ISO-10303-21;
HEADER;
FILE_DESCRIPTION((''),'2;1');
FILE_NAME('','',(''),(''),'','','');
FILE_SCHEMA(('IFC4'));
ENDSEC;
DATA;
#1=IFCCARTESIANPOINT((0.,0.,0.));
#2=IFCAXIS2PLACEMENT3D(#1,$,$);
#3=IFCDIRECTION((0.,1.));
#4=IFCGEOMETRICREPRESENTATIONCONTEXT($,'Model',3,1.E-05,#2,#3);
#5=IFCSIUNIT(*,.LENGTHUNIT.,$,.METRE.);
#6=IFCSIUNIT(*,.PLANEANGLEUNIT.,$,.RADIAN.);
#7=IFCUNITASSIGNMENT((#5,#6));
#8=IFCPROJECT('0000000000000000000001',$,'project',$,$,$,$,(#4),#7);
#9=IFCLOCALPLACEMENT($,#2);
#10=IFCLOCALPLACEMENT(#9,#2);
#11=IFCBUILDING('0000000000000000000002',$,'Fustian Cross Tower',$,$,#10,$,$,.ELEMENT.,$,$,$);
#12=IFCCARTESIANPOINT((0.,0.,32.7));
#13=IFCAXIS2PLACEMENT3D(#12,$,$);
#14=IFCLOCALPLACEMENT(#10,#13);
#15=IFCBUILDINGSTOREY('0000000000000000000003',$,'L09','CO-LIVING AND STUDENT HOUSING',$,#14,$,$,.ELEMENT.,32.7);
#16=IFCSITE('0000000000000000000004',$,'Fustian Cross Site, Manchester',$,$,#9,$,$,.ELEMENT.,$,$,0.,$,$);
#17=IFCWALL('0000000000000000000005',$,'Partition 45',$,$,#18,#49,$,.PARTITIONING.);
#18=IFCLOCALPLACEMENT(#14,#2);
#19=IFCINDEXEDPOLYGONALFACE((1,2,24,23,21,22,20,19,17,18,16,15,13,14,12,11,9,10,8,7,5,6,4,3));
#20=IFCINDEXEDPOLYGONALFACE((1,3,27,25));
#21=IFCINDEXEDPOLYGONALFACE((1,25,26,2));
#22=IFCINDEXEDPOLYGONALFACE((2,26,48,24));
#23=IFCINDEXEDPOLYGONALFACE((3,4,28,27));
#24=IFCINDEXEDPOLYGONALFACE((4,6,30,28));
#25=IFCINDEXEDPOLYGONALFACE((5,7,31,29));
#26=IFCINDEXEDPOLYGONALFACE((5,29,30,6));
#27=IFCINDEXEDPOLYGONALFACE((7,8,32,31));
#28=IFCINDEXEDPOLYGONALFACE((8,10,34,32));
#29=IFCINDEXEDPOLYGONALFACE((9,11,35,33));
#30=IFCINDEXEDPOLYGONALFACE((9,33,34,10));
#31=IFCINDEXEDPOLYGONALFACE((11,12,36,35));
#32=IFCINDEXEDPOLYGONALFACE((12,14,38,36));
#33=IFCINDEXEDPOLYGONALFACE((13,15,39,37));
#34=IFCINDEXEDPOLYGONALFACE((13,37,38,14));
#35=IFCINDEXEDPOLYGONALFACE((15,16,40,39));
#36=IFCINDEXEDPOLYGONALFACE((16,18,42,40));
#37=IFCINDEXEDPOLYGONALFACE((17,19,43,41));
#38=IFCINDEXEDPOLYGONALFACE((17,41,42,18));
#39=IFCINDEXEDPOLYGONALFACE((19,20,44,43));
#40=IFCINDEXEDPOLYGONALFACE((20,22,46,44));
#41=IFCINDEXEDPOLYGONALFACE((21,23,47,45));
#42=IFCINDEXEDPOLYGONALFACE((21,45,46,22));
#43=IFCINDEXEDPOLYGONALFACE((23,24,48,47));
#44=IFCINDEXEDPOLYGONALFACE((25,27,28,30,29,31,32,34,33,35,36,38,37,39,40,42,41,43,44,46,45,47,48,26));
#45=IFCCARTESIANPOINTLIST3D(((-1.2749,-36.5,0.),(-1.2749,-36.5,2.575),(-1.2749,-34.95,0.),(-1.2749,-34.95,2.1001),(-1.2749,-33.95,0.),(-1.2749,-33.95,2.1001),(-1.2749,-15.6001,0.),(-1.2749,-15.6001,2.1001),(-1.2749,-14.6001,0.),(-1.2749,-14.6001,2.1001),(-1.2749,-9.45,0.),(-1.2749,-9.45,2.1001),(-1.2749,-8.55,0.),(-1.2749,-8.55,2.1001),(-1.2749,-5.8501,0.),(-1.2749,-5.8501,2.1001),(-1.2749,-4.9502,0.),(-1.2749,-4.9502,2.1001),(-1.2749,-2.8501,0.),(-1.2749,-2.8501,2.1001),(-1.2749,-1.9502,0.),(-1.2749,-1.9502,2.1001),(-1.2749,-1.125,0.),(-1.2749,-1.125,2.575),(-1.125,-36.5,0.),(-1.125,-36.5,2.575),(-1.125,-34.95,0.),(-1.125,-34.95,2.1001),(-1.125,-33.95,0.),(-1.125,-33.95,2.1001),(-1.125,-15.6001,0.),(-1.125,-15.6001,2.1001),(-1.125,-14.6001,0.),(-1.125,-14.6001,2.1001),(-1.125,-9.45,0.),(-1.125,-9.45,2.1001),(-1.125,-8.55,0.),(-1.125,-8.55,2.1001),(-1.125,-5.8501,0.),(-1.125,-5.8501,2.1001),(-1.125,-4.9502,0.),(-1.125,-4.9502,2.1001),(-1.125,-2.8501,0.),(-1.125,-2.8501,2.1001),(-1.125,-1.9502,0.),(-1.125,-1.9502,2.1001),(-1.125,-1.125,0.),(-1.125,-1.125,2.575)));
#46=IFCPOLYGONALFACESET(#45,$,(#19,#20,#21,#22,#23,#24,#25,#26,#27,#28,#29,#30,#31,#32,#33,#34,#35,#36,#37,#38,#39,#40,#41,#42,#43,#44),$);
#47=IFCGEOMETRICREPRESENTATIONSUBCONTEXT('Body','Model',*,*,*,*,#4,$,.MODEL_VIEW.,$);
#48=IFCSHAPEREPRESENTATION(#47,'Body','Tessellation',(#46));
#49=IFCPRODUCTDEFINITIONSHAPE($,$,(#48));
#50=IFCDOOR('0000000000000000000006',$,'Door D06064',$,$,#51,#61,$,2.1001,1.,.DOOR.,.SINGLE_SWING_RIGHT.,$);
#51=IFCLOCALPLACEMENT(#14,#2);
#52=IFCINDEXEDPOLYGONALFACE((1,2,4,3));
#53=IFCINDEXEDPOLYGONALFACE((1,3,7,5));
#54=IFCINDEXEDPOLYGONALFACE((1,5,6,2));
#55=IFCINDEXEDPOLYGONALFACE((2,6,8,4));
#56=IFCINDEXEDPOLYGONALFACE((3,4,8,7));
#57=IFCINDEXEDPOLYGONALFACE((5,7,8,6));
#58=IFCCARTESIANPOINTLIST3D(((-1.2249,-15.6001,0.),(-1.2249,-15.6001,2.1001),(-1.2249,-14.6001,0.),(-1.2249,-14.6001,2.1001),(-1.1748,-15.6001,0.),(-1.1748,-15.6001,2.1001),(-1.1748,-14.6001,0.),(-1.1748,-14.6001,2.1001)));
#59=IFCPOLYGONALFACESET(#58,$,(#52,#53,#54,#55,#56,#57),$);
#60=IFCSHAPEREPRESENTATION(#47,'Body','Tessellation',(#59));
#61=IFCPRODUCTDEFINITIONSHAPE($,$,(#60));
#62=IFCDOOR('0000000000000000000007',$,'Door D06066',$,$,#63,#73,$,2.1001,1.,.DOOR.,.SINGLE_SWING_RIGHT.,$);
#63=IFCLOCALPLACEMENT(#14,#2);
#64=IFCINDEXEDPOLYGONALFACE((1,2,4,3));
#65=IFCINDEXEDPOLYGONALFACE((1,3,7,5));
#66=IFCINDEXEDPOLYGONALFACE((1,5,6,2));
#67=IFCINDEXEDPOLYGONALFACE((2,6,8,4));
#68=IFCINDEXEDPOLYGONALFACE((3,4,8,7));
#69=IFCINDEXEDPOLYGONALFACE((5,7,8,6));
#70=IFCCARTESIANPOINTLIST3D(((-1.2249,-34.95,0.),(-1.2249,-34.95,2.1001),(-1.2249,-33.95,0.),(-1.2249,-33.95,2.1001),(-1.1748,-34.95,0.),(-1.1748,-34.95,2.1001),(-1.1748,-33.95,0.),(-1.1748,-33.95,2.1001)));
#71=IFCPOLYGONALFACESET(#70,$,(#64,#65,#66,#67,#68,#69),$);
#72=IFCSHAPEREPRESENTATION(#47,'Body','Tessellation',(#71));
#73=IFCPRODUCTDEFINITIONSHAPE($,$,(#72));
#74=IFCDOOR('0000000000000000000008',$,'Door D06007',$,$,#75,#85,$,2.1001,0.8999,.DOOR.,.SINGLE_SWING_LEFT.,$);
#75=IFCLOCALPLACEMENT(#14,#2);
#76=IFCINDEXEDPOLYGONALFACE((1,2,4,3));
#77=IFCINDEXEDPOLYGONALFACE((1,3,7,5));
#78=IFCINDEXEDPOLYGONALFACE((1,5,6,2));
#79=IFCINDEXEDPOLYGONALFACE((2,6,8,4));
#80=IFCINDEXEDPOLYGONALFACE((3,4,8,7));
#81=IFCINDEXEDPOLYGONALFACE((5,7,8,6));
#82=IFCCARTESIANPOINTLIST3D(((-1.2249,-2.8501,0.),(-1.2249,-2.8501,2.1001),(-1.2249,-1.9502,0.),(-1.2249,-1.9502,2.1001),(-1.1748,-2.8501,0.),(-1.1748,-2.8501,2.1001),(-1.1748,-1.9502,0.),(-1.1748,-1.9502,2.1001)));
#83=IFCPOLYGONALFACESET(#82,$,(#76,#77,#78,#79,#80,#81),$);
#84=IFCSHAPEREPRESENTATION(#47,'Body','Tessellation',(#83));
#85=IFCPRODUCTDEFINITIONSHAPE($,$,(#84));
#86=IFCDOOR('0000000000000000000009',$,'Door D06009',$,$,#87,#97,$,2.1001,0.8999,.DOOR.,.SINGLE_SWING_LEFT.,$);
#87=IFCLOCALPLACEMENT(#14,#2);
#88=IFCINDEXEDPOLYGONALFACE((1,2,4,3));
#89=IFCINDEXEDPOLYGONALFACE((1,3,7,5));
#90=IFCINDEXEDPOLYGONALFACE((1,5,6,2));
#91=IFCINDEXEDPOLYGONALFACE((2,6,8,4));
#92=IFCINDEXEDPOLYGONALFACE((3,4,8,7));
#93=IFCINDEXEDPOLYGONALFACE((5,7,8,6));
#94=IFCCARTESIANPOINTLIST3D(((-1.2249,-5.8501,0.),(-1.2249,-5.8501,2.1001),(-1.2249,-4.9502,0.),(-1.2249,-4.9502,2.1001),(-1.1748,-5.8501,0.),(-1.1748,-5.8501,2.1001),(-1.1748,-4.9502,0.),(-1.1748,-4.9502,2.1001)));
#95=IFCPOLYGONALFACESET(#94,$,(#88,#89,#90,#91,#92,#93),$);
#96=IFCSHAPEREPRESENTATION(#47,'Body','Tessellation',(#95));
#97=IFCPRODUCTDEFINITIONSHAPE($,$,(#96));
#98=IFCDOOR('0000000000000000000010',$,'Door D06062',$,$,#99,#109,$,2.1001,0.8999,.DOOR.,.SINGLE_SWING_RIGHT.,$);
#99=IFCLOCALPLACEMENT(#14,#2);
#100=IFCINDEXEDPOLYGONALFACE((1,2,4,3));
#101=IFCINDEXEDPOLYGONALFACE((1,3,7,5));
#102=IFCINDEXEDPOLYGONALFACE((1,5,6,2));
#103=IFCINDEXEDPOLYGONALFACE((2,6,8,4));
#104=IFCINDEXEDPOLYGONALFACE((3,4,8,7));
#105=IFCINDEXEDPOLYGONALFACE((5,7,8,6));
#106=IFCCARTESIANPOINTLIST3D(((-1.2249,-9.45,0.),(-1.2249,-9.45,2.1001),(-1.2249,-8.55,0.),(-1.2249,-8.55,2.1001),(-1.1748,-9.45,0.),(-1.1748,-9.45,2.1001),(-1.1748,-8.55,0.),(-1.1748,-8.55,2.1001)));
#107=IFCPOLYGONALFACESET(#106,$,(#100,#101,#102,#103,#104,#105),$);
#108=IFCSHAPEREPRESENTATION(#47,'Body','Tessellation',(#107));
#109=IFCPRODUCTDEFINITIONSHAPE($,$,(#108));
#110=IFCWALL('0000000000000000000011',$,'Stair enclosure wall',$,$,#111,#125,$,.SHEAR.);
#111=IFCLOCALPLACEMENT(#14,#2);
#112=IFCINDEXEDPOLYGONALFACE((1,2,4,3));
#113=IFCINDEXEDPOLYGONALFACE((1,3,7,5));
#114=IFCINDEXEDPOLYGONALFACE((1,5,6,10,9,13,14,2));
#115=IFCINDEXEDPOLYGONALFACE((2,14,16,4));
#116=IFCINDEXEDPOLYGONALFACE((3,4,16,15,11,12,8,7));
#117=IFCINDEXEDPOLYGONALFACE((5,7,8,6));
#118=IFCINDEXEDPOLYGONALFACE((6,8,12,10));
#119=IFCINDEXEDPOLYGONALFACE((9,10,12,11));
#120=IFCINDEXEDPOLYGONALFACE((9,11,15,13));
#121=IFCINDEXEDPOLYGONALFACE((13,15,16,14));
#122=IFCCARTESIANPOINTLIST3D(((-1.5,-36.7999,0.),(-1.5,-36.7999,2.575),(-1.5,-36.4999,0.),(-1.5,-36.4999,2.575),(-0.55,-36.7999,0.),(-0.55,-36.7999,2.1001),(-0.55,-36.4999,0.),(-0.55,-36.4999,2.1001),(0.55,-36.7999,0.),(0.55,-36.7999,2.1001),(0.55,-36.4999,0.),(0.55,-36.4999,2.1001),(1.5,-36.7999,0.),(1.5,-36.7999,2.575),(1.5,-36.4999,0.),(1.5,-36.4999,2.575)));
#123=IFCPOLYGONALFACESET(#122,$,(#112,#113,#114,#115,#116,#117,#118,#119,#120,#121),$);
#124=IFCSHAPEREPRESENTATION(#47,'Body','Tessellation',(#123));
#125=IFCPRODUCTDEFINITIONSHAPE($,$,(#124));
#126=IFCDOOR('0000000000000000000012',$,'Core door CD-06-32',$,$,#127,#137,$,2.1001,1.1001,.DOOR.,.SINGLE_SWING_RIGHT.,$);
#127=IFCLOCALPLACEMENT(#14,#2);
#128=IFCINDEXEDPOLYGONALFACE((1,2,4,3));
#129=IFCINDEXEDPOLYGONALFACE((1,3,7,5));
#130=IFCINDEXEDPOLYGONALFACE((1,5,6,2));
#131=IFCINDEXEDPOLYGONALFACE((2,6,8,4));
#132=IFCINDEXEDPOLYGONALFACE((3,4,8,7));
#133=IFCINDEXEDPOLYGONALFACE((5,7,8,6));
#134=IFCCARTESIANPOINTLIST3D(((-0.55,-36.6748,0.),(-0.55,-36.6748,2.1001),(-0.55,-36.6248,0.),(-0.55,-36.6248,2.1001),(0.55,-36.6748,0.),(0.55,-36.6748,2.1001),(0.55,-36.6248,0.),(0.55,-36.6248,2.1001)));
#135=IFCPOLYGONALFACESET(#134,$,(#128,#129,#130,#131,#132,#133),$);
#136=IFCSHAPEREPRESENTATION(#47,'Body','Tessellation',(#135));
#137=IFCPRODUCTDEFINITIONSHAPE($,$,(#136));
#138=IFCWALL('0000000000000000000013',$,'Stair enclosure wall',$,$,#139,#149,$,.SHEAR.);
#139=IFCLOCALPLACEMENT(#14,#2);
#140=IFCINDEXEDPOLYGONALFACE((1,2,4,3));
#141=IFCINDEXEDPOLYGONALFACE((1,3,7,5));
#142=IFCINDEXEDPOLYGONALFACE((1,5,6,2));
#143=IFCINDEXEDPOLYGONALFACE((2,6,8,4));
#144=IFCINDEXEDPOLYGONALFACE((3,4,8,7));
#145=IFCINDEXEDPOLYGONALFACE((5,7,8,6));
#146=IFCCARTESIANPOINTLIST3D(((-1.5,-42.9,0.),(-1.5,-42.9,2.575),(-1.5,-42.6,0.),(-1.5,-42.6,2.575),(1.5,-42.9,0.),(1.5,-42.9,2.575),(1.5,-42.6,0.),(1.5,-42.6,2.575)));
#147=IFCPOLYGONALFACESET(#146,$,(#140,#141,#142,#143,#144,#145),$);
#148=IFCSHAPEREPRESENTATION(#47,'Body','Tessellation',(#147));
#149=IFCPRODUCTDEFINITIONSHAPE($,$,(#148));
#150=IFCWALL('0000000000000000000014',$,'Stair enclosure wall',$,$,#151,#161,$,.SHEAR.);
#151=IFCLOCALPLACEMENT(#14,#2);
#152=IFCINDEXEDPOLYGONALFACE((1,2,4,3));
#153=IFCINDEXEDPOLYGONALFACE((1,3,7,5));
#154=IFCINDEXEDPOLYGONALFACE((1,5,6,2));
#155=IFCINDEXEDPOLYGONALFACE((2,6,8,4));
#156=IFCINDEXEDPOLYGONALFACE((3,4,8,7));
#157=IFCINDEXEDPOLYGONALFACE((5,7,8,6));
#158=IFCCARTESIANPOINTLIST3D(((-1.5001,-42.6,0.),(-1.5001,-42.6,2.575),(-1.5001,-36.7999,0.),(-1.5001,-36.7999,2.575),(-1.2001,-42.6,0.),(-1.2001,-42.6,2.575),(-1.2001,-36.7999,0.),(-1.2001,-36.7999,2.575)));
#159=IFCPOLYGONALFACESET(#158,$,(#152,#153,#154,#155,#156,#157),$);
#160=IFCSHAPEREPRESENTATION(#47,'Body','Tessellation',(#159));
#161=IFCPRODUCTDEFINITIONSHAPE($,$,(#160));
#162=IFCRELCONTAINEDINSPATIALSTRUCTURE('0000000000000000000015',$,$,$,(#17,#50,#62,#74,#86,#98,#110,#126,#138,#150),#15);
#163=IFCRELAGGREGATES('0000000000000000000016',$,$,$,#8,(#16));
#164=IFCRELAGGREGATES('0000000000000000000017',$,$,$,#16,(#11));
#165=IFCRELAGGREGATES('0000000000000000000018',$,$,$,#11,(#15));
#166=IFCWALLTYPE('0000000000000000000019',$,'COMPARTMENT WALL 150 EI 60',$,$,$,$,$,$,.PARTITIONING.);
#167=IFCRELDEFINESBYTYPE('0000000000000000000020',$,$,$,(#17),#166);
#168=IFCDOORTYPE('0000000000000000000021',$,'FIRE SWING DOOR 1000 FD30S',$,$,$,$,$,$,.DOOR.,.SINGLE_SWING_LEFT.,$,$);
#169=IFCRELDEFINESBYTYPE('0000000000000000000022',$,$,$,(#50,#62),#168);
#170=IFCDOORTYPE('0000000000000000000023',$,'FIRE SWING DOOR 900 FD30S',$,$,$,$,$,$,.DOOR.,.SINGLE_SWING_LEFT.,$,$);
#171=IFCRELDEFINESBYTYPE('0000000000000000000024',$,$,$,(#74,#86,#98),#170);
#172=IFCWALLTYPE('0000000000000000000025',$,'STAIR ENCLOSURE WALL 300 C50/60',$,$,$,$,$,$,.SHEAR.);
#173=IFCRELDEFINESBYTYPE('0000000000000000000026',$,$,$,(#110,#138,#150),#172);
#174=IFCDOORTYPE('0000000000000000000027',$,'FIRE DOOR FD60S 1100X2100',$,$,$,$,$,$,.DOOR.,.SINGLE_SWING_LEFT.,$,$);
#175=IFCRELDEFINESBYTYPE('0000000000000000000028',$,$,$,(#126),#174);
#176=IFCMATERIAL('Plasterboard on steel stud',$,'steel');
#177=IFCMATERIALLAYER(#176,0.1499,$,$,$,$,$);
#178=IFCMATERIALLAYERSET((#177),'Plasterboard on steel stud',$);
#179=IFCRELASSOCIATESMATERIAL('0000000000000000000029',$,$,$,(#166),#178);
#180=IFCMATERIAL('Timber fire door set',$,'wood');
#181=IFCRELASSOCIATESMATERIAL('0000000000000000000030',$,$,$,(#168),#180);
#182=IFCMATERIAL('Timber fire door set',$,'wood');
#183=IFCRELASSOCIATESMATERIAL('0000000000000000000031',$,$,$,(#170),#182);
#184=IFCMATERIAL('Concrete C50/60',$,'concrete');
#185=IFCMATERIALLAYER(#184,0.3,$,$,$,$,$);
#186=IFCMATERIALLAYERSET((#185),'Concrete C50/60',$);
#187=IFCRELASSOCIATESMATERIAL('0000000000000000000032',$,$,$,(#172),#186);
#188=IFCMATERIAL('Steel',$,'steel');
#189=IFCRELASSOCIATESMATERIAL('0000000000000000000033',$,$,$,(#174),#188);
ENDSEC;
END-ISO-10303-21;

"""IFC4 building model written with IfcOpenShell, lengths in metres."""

from ifc_helpers import new_model, si_unit, direction, frame, frame_2d, origin, place, context, subcontext, project, spatial, rectangle, extrude, material, layer, layer_set, type_object, element, fill, save


model = new_model("IFC4")

# Units and contexts
model_context = context("Model", 3, precision=1e-05, world=origin(), true_north=direction((0.0, 1.0)))
body_context = subcontext(model_context, "Body", "Model", "MODEL_VIEW")
ifc_project = project(units=[si_unit("LENGTHUNIT", "METRE"), si_unit("PLANEANGLEUNIT", "RADIAN")], contexts=[model_context])

# Site, building, storey
site_placement = place(None, origin())
site = spatial("IfcSite", under=ifc_project, at=site_placement, Name="Fustian Cross Site, Manchester", CompositionType="ELEMENT", RefElevation=0.0)
building_placement = place(site_placement, origin())
building = spatial("IfcBuilding", under=site, at=building_placement, Name="Fustian Cross Tower", CompositionType="ELEMENT")
storey_placement = place(building_placement, frame((0.0, 0.0, 32.7)))
storey = spatial("IfcBuildingStorey", under=building, at=storey_placement, Name="L09", Description="CO-LIVING AND STUDENT HOUSING", CompositionType="ELEMENT", Elevation=32.7)

# Wall, openings, doors
ifc_material_1 = material(Name="Plasterboard on steel stud", Category="steel")
ifc_layer_1 = layer(ifc_material_1, 0.1499)
ifc_layer_set_1 = layer_set([ifc_layer_1], Name="Plasterboard on steel stud")
wall_type_1 = type_object("IfcWallType", Name="COMPARTMENT WALL 150 EI 60", PredefinedType="PARTITIONING", material=ifc_layer_set_1)
wall_1_placement = place(storey_placement, frame((-1.2, -36.5, 0.0), z_axis=(0.0, 0.0, 1.0), x_axis=(0.0, 1.0, 0.0)))
wall_1 = element("IfcWall", 1, at=wall_1_placement, inside=storey, type_object=wall_type_1, Name="Partition 45", PredefinedType="PARTITIONING", context=body_context, shape_type="SweptSolid", body=[
    extrude(rectangle(XDim=35.375, YDim=0.1499, at=frame_2d((17.6875, 0.0))), origin(), (0.0, 0.0, 1.0), 2.575),
])
opening_1_placement = place(wall_1_placement, frame((33.6499, 0.0, 0.0)))
opening_1 = element("IfcOpeningElement", 2, at=opening_1_placement, cuts=wall_1, PredefinedType="OPENING", context=body_context, shape_type="SweptSolid", body=[
    extrude(rectangle(XDim=0.8999, YDim=2.1001, at=frame_2d((0.45, 1.05))), frame((0.0, 0.085, 0.0), z_axis=(0.0, -1.0, 0.0), x_axis=(1.0, 0.0, 0.0)), (0.0, 0.0, 1.0), 0.1699),
])
opening_2_placement = place(wall_1_placement, frame((30.6499, 0.0, 0.0)))
opening_2 = element("IfcOpeningElement", 3, at=opening_2_placement, cuts=wall_1, PredefinedType="OPENING", context=body_context, shape_type="SweptSolid", body=[
    extrude(rectangle(XDim=0.8999, YDim=2.1001, at=frame_2d((0.45, 1.05))), frame((0.0, 0.085, 0.0), z_axis=(0.0, -1.0, 0.0), x_axis=(1.0, 0.0, 0.0)), (0.0, 0.0, 1.0), 0.1699),
])
opening_3_placement = place(wall_1_placement, frame((27.05, 0.0, 0.0)))
opening_3 = element("IfcOpeningElement", 4, at=opening_3_placement, cuts=wall_1, PredefinedType="OPENING", context=body_context, shape_type="SweptSolid", body=[
    extrude(rectangle(XDim=0.8999, YDim=2.1001, at=frame_2d((0.45, 1.05))), frame((0.0, 0.085, 0.0), z_axis=(0.0, -1.0, 0.0), x_axis=(1.0, 0.0, 0.0)), (0.0, 0.0, 1.0), 0.1699),
])
opening_4_placement = place(wall_1_placement, frame((20.8999, 0.0, 0.0)))
opening_4 = element("IfcOpeningElement", 5, at=opening_4_placement, cuts=wall_1, PredefinedType="OPENING", context=body_context, shape_type="SweptSolid", body=[
    extrude(rectangle(XDim=1.0, YDim=2.1001, at=frame_2d((0.5, 1.05))), frame((0.0, 0.085, 0.0), z_axis=(0.0, -1.0, 0.0), x_axis=(1.0, 0.0, 0.0)), (0.0, 0.0, 1.0), 0.1699),
])
opening_5_placement = place(wall_1_placement, frame((1.55, 0.0, 0.0)))
opening_5 = element("IfcOpeningElement", 6, at=opening_5_placement, cuts=wall_1, PredefinedType="OPENING", context=body_context, shape_type="SweptSolid", body=[
    extrude(rectangle(XDim=1.0, YDim=2.1001, at=frame_2d((0.5, 1.05))), frame((0.0, 0.085, 0.0), z_axis=(0.0, -1.0, 0.0), x_axis=(1.0, 0.0, 0.0)), (0.0, 0.0, 1.0), 0.1699),
])
ifc_material_2 = material(Name="Timber fire door set", Category="wood")
door_type_1 = type_object("IfcDoorType", Name="FIRE SWING DOOR 1000 FD30S", OperationType="SINGLE_SWING_LEFT", PredefinedType="DOOR", material=ifc_material_2)
door_1_placement = place(opening_4_placement, origin())
door_1 = element("IfcDoor", 7, at=door_1_placement, inside=storey, type_object=door_type_1, Name="Door D06064", OperationType="SINGLE_SWING_RIGHT", OverallHeight=2.1001, OverallWidth=1.0, PredefinedType="DOOR", context=body_context, shape_type="SweptSolid", body=[
    extrude(rectangle(XDim=1.0, YDim=2.1001, at=frame_2d((0.5, 1.05))), frame((0.0, 0.0249, 0.0), z_axis=(0.0, -1.0, 0.0), x_axis=(1.0, 0.0, 0.0)), (0.0, 0.0, 1.0), 0.05),
])
fill(opening_4, door_1)
door_2_placement = place(opening_5_placement, origin())
door_2 = element("IfcDoor", 8, at=door_2_placement, inside=storey, type_object=door_type_1, Name="Door D06066", OperationType="SINGLE_SWING_RIGHT", OverallHeight=2.1001, OverallWidth=1.0, PredefinedType="DOOR", context=body_context, shape_type="SweptSolid", body=[
    extrude(rectangle(XDim=1.0, YDim=2.1001, at=frame_2d((0.5, 1.05))), frame((0.0, 0.0249, 0.0), z_axis=(0.0, -1.0, 0.0), x_axis=(1.0, 0.0, 0.0)), (0.0, 0.0, 1.0), 0.05),
])
fill(opening_5, door_2)
ifc_material_3 = material(Name="Timber fire door set", Category="wood")
door_type_2 = type_object("IfcDoorType", Name="FIRE SWING DOOR 900 FD30S", OperationType="SINGLE_SWING_LEFT", PredefinedType="DOOR", material=ifc_material_3)
door_3_placement = place(opening_1_placement, origin())
door_3 = element("IfcDoor", 9, at=door_3_placement, inside=storey, type_object=door_type_2, Name="Door D06007", OperationType="SINGLE_SWING_LEFT", OverallHeight=2.1001, OverallWidth=0.8999, PredefinedType="DOOR", context=body_context, shape_type="SweptSolid", body=[
    extrude(rectangle(XDim=0.8999, YDim=2.1001, at=frame_2d((0.45, 1.05))), frame((0.0, 0.0249, 0.0), z_axis=(0.0, -1.0, 0.0), x_axis=(1.0, 0.0, 0.0)), (0.0, 0.0, 1.0), 0.05),
])
fill(opening_1, door_3)
door_4_placement = place(opening_2_placement, origin())
door_4 = element("IfcDoor", 10, at=door_4_placement, inside=storey, type_object=door_type_2, Name="Door D06009", OperationType="SINGLE_SWING_LEFT", OverallHeight=2.1001, OverallWidth=0.8999, PredefinedType="DOOR", context=body_context, shape_type="SweptSolid", body=[
    extrude(rectangle(XDim=0.8999, YDim=2.1001, at=frame_2d((0.45, 1.05))), frame((0.0, 0.0249, 0.0), z_axis=(0.0, -1.0, 0.0), x_axis=(1.0, 0.0, 0.0)), (0.0, 0.0, 1.0), 0.05),
])
fill(opening_2, door_4)
door_5_placement = place(opening_3_placement, origin())
door_5 = element("IfcDoor", 11, at=door_5_placement, inside=storey, type_object=door_type_2, Name="Door D06062", OperationType="SINGLE_SWING_RIGHT", OverallHeight=2.1001, OverallWidth=0.8999, PredefinedType="DOOR", context=body_context, shape_type="SweptSolid", body=[
    extrude(rectangle(XDim=0.8999, YDim=2.1001, at=frame_2d((0.45, 1.05))), frame((0.0, 0.0249, 0.0), z_axis=(0.0, -1.0, 0.0), x_axis=(1.0, 0.0, 0.0)), (0.0, 0.0, 1.0), 0.05),
])
fill(opening_3, door_5)

# Wall, opening, door
ifc_material_4 = material(Name="Concrete C50/60", Category="concrete")
ifc_layer_2 = layer(ifc_material_4, 0.3)
ifc_layer_set_2 = layer_set([ifc_layer_2], Name="Concrete C50/60")
wall_type_2 = type_object("IfcWallType", Name="STAIR ENCLOSURE WALL 300 C50/60", PredefinedType="SHEAR", material=ifc_layer_set_2)
wall_2_placement = place(storey_placement, frame((-1.5, -36.6499, 0.0), z_axis=(0.0, 0.0, 1.0), x_axis=(1.0, 0.0, 0.0)))
wall_2 = element("IfcWall", 12, at=wall_2_placement, inside=storey, type_object=wall_type_2, Name="Stair enclosure wall", PredefinedType="SHEAR", context=body_context, shape_type="SweptSolid", body=[
    extrude(rectangle(XDim=3.0, YDim=0.3, at=frame_2d((1.5, 0.0))), origin(), (0.0, 0.0, 1.0), 2.575),
])
opening_6_placement = place(wall_2_placement, frame((0.95, 0.0, 0.0)))
opening_6 = element("IfcOpeningElement", 13, at=opening_6_placement, cuts=wall_2, PredefinedType="OPENING", context=body_context, shape_type="SweptSolid", body=[
    extrude(rectangle(XDim=1.1001, YDim=2.1001, at=frame_2d((0.55, 1.05))), frame((0.0, 0.1599, 0.0), z_axis=(0.0, -1.0, 0.0), x_axis=(1.0, 0.0, 0.0)), (0.0, 0.0, 1.0), 0.3201),
])
ifc_material_5 = material(Name="Steel", Category="steel")
door_type_3 = type_object("IfcDoorType", Name="FIRE DOOR FD60S 1100X2100", OperationType="SINGLE_SWING_LEFT", PredefinedType="DOOR", material=ifc_material_5)
door_6_placement = place(opening_6_placement, frame((1.1001, 0.0, 0.0), z_axis=(0.0, 0.0, 1.0), x_axis=(-1.0, 0.0, 0.0)))
door_6 = element("IfcDoor", 14, at=door_6_placement, inside=storey, type_object=door_type_3, Name="Core door CD-06-32", OperationType="SINGLE_SWING_RIGHT", OverallHeight=2.1001, OverallWidth=1.1001, PredefinedType="DOOR", context=body_context, shape_type="SweptSolid", body=[
    extrude(rectangle(XDim=1.1001, YDim=2.1001, at=frame_2d((0.55, 1.05))), frame((0.0, 0.0249, 0.0), z_axis=(0.0, -1.0, 0.0), x_axis=(1.0, 0.0, 0.0)), (0.0, 0.0, 1.0), 0.05),
])
fill(opening_6, door_6)

# Walls
wall_3_placement = place(storey_placement, frame((-1.5, -42.75, 0.0), z_axis=(0.0, 0.0, 1.0), x_axis=(1.0, 0.0, 0.0)))
element("IfcWall", 15, at=wall_3_placement, inside=storey, type_object=wall_type_2, Name="Stair enclosure wall", PredefinedType="SHEAR", context=body_context, shape_type="SweptSolid", body=[
    extrude(rectangle(XDim=3.0, YDim=0.3, at=frame_2d((1.5, 0.0))), origin(), (0.0, 0.0, 1.0), 2.575),
])
wall_4_placement = place(storey_placement, frame((-1.3501, -36.8, 0.0), z_axis=(0.0, 0.0, 1.0), x_axis=(0.0, -1.0, 0.0)))
element("IfcWall", 16, at=wall_4_placement, inside=storey, type_object=wall_type_2, Name="Stair enclosure wall", PredefinedType="SHEAR", context=body_context, shape_type="SweptSolid", body=[
    extrude(rectangle(XDim=5.8, YDim=0.3, at=frame_2d((2.8999, 0.0))), origin(), (0.0, 0.0, 1.0), 2.575),
])

save(model, "model.ifc")
